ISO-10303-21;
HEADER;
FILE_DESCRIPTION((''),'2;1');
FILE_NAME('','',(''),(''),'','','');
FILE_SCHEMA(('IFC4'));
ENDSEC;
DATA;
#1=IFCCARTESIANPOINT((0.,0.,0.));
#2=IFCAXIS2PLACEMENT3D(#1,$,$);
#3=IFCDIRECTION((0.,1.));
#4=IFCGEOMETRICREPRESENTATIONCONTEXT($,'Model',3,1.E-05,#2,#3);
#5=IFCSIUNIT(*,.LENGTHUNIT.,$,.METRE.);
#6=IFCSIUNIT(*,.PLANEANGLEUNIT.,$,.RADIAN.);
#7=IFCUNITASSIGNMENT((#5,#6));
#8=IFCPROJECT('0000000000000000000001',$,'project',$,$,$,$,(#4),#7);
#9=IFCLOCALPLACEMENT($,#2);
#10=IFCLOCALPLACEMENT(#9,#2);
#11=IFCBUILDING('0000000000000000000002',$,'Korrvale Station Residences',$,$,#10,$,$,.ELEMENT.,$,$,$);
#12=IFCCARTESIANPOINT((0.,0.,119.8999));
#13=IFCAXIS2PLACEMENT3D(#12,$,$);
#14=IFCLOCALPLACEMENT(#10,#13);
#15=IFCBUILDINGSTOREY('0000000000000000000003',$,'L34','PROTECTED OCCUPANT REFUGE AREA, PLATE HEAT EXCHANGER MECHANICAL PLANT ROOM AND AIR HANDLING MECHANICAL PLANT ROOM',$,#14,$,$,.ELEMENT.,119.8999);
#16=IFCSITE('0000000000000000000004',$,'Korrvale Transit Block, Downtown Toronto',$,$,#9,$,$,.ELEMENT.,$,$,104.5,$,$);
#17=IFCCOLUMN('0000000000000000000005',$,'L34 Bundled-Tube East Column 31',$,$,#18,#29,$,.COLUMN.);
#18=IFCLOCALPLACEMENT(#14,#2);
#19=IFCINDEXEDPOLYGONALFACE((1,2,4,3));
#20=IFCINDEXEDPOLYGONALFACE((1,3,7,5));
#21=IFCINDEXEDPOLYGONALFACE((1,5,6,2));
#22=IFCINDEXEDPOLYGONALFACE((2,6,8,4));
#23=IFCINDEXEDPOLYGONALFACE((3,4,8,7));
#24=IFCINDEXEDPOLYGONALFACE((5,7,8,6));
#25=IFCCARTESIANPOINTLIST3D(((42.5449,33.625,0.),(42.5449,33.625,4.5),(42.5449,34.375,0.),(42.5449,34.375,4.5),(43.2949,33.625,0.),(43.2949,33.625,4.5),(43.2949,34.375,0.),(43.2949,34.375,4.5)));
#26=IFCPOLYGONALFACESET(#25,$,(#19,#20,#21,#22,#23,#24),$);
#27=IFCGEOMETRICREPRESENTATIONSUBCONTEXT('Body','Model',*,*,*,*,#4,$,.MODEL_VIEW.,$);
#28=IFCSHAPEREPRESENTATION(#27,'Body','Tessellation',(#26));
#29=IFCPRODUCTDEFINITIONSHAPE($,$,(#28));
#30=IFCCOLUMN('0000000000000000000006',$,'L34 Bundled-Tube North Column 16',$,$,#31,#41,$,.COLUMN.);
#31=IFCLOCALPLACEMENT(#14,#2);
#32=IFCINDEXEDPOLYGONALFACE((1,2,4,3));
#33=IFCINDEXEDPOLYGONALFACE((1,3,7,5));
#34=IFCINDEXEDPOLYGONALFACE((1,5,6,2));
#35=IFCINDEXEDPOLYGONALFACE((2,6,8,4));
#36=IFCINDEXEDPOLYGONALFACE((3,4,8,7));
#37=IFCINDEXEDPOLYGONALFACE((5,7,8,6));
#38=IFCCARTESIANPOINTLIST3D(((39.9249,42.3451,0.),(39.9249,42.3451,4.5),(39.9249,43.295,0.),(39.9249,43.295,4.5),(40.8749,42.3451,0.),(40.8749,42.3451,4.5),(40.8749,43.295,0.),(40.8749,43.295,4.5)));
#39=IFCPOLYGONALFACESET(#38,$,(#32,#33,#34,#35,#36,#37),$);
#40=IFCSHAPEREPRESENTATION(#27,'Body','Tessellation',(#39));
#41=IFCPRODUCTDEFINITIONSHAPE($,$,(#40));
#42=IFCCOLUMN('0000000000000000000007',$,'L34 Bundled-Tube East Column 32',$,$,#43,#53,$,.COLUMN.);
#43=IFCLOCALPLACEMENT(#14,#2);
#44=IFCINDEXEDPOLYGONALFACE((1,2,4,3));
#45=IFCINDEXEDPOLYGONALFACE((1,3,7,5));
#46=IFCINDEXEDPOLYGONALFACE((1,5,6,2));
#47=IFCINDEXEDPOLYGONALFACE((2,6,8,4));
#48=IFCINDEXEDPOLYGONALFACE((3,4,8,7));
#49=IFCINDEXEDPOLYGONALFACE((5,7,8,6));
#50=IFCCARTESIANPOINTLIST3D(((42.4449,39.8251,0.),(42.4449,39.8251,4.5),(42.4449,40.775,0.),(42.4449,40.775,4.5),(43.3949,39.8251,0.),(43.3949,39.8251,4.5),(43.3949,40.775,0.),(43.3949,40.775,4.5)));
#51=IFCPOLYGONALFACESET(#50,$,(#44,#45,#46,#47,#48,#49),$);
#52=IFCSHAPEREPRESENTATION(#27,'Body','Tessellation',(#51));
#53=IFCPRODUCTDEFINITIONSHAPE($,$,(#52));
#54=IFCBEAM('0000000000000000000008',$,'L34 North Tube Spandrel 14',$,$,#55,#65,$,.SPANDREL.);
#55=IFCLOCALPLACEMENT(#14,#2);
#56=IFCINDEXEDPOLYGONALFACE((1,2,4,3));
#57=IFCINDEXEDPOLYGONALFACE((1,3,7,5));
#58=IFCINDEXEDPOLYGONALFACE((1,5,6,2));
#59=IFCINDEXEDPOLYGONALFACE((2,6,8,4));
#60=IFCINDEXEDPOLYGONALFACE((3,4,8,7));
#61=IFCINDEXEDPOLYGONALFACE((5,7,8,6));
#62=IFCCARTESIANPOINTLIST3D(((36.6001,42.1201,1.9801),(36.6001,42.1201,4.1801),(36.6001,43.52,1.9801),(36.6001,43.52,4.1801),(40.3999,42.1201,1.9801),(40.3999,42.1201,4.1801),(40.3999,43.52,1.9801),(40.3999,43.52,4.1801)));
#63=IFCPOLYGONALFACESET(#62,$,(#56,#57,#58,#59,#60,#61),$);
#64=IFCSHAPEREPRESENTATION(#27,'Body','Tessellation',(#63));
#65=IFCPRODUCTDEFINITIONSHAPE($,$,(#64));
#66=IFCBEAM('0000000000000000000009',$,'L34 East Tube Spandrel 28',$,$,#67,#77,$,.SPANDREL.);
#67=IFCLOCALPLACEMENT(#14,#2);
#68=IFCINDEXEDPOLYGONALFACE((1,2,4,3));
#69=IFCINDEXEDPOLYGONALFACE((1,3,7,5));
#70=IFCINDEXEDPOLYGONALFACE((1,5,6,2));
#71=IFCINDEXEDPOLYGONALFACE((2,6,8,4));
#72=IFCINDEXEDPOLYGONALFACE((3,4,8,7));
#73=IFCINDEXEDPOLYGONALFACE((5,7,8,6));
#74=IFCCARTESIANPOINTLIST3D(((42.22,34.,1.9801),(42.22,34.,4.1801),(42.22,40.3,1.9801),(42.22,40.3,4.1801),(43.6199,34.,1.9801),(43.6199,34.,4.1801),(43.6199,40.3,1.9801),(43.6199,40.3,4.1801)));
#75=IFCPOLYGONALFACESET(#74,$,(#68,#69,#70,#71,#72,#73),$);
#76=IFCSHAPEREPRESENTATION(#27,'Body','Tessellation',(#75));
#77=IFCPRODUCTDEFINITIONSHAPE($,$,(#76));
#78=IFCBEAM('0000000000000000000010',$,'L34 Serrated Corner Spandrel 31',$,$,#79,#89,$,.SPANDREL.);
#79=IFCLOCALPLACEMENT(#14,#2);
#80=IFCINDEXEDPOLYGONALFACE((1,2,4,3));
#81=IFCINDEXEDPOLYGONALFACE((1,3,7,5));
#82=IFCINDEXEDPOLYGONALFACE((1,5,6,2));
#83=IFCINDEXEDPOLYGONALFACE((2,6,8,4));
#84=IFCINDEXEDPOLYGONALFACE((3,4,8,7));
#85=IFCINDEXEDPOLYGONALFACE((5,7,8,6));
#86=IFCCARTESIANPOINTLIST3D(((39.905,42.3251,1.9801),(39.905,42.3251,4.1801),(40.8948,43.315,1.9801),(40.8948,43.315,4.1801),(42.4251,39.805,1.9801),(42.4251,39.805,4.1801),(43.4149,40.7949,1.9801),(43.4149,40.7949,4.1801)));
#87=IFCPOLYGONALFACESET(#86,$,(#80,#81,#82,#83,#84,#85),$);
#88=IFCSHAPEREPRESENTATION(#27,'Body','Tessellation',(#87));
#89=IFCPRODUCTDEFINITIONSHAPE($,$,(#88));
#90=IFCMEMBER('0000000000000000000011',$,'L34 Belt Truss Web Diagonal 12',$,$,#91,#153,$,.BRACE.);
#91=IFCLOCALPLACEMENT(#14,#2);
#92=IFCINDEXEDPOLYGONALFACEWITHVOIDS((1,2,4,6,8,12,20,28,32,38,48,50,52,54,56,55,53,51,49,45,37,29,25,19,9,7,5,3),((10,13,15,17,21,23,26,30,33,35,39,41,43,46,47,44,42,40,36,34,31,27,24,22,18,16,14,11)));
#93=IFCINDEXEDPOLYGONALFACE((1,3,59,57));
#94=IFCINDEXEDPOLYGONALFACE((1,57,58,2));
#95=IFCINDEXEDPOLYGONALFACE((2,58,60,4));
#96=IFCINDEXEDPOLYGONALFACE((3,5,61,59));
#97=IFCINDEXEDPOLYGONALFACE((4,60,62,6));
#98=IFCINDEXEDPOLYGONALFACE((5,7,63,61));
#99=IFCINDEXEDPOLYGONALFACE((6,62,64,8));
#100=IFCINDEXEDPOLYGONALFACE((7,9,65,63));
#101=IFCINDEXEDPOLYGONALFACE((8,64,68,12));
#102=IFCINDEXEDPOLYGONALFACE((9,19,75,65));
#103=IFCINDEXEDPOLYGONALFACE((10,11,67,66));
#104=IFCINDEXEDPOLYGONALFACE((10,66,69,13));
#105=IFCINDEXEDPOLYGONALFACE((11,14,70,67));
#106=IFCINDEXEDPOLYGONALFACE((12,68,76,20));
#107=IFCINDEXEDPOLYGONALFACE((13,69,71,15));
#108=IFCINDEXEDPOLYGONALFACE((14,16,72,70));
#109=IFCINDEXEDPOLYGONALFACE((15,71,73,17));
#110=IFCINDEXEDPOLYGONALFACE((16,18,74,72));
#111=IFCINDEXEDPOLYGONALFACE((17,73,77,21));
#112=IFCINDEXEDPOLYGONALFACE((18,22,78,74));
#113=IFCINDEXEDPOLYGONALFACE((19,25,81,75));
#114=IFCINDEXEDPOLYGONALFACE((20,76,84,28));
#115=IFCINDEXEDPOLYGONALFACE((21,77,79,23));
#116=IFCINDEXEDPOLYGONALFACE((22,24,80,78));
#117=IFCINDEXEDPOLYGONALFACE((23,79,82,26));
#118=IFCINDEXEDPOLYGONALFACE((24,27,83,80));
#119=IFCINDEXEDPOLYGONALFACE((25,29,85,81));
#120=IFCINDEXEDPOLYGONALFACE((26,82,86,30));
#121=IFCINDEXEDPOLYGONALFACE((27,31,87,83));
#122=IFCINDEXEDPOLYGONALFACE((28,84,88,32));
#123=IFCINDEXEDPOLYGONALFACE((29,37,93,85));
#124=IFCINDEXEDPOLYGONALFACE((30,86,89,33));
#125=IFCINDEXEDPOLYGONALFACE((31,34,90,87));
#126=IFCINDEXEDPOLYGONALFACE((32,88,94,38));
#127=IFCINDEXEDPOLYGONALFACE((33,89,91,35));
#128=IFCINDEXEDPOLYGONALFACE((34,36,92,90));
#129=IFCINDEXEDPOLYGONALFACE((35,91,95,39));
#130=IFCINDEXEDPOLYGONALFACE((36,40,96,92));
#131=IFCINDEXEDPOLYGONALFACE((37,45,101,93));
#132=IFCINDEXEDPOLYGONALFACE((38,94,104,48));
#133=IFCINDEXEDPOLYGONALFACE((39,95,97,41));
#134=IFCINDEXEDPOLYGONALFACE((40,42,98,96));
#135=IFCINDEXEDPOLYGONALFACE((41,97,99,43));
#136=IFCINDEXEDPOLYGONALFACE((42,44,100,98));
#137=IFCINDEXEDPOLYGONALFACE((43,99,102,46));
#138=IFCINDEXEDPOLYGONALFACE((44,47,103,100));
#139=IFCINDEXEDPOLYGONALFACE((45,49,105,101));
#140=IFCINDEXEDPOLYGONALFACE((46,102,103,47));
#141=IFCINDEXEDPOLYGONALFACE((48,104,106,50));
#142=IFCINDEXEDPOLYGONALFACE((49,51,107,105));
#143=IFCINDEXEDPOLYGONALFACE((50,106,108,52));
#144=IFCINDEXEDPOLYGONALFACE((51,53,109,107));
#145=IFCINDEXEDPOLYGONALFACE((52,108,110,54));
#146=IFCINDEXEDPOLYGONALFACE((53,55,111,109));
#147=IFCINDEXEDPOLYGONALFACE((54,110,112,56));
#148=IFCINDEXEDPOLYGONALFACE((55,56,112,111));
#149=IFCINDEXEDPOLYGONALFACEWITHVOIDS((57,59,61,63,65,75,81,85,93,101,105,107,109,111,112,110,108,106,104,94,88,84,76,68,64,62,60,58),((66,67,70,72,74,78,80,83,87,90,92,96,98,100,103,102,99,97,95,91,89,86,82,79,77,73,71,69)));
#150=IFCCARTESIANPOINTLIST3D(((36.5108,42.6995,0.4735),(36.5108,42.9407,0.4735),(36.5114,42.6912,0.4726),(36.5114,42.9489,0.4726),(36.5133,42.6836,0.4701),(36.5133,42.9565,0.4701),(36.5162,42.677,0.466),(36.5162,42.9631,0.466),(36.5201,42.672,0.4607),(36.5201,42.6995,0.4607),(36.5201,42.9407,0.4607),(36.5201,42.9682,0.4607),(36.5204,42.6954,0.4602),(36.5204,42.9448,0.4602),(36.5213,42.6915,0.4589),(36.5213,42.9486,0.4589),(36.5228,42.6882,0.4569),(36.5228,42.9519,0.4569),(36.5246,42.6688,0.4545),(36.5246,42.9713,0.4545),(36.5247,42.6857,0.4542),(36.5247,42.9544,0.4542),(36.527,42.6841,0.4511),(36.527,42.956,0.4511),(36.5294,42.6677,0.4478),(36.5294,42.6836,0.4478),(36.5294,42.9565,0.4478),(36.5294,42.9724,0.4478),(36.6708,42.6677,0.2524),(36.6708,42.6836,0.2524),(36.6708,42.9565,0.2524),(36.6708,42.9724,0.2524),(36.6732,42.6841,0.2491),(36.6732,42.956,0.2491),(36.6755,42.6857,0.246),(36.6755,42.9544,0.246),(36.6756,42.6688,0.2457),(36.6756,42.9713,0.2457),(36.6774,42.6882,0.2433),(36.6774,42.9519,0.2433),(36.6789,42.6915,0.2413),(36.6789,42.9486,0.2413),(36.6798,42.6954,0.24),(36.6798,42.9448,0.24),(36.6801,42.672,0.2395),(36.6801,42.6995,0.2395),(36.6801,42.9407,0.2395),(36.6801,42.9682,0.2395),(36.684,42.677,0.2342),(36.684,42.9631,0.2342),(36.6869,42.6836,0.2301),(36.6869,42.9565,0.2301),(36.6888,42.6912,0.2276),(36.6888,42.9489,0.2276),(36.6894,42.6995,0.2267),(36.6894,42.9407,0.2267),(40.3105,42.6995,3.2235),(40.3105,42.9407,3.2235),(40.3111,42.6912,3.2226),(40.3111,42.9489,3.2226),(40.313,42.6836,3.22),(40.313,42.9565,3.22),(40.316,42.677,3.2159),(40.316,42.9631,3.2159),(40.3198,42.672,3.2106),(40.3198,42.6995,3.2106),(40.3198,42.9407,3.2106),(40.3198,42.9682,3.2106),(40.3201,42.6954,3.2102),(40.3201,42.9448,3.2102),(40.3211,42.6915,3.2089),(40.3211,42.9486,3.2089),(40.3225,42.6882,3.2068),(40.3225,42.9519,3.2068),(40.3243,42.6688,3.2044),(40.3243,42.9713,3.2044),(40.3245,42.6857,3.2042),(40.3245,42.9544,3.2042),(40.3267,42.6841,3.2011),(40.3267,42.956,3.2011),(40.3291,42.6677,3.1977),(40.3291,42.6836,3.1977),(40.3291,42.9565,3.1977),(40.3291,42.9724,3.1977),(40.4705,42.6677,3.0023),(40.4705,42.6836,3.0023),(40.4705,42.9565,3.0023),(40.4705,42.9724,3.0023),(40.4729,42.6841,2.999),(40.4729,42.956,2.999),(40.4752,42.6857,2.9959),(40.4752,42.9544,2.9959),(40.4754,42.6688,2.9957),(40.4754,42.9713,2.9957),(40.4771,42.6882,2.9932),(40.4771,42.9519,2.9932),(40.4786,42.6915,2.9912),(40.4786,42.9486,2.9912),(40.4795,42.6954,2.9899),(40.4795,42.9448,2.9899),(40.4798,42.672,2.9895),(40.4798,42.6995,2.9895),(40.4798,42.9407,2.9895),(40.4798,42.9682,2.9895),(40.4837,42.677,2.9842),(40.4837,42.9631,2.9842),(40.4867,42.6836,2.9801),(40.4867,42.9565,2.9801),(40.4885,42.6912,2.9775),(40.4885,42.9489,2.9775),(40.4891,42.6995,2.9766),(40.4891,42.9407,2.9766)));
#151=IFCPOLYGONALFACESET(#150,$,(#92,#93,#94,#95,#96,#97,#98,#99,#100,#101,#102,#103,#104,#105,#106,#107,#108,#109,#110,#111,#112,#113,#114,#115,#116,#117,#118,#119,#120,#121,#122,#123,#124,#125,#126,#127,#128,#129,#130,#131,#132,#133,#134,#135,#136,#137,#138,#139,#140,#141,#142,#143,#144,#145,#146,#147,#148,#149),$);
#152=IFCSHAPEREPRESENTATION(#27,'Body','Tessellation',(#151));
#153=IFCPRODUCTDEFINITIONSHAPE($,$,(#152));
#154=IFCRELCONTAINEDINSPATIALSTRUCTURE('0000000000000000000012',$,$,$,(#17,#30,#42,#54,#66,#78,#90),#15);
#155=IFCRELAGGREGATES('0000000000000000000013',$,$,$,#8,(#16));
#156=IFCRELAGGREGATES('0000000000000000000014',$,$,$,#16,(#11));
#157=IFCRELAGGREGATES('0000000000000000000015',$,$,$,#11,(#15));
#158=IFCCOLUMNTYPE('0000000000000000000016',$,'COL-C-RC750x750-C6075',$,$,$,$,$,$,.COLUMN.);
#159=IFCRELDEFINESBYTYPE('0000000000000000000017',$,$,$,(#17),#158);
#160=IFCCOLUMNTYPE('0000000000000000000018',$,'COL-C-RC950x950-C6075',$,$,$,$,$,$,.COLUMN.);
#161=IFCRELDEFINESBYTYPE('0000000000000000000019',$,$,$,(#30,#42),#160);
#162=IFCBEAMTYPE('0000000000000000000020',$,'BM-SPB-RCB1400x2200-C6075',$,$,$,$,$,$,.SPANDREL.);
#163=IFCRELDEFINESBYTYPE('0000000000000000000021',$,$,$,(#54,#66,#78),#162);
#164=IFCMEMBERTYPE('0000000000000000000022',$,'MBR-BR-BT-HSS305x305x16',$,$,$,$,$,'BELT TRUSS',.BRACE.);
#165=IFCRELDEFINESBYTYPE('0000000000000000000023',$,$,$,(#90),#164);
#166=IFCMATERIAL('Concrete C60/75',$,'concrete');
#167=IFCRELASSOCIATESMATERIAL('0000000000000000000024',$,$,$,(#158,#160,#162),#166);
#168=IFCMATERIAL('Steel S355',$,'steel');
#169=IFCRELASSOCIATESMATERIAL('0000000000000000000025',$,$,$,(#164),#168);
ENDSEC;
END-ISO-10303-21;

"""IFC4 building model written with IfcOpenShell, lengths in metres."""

from ifc_helpers import new_model, si_unit, direction, frame, origin, origin_2d, place, context, subcontext, project, spatial, rectangle, hollow_rectangle, extrude, material, material_profile, profile_set, type_object, element, save


model = new_model("IFC4")

# Units and contexts
model_context = context("Model", 3, precision=1e-05, world=origin(), true_north=direction((0.0, 1.0)))
body_context = subcontext(model_context, "Body", "Model", "MODEL_VIEW")
ifc_project = project(units=[si_unit("LENGTHUNIT", "METRE"), si_unit("PLANEANGLEUNIT", "RADIAN")], contexts=[model_context])

# Site, building, storey
site_placement = place(None, origin())
site = spatial("IfcSite", under=ifc_project, at=site_placement, Name="Korrvale Transit Block, Downtown Toronto", CompositionType="ELEMENT", RefElevation=104.5)
building_placement = place(site_placement, origin())
building = spatial("IfcBuilding", under=site, at=building_placement, Name="Korrvale Station Residences", CompositionType="ELEMENT")
storey_placement = place(building_placement, frame((0.0, 0.0, 119.8999)))
storey = spatial("IfcBuildingStorey", under=building, at=storey_placement, Name="L34", Description="PROTECTED OCCUPANT REFUGE AREA, PLATE HEAT EXCHANGER MECHANICAL PLANT ROOM AND AIR HANDLING MECHANICAL PLANT ROOM", CompositionType="ELEMENT", Elevation=119.8999)

# Columns
ifc_material_1 = material(Name="Concrete C60/75", Category="concrete")
ifc_material_profile_1 = material_profile(ifc_material_1, rectangle(XDim=0.75, YDim=0.75, at=origin_2d()), Name="RC750x750")
ifc_profile_set_1 = profile_set([ifc_material_profile_1], Name="Concrete C60/75")
column_type_1 = type_object("IfcColumnType", Name="COL-C-RC750x750-C6075", PredefinedType="COLUMN", material=ifc_profile_set_1)
column_placement = place(storey_placement, frame((42.9199, 34.0, 0.0), z_axis=(0.0, 0.0, 1.0), x_axis=(1.0, 0.0, 0.0)))
element("IfcColumn", 1, at=column_placement, inside=storey, type_object=column_type_1, Name="L34 Bundled-Tube East Column 31", PredefinedType="COLUMN", context=body_context, shape_type="SweptSolid", body=[
    extrude(rectangle(XDim=0.75, YDim=0.75, at=origin_2d()), origin(), (0.0, 0.0, 1.0), 4.5),
])
ifc_material_profile_2 = material_profile(ifc_material_1, rectangle(XDim=0.95, YDim=0.95, at=origin_2d()), Name="RC950x950")
ifc_profile_set_2 = profile_set([ifc_material_profile_2], Name="Concrete C60/75")
column_type_2 = type_object("IfcColumnType", Name="COL-C-RC950x950-C6075", PredefinedType="COLUMN", material=ifc_profile_set_2)
for number, where, z_axis, x_axis, name in (
    (2, (40.3999, 42.8201, 0.0), (0.0, 0.0, 1.0), (1.0, 0.0, 0.0), "L34 Bundled-Tube North Column 16"),
    (3, (42.9199, 40.3, 0.0), (0.0, 0.0, 1.0), (1.0, 0.0, 0.0), "L34 Bundled-Tube East Column 32"),
):
    element("IfcColumn", number, at=place(storey_placement, frame(where, z_axis=z_axis, x_axis=x_axis)), inside=storey, type_object=column_type_2, Name=name, PredefinedType="COLUMN", context=body_context, shape_type="SweptSolid", body=[
        extrude(rectangle(XDim=0.95, YDim=0.95, at=origin_2d()), origin(), (0.0, 0.0, 1.0), 4.5),
    ])

# Beams
ifc_material_profile_3 = material_profile(ifc_material_1, rectangle(XDim=1.3999, YDim=2.2, at=origin_2d()), Name="RCB1400x2200")
ifc_profile_set_3 = profile_set([ifc_material_profile_3], Name="Concrete C60/75")
beam_type = type_object("IfcBeamType", Name="BM-SPB-RCB1400x2200-C6075", PredefinedType="SPANDREL", material=ifc_profile_set_3)
beam_1_placement = place(storey_placement, frame((36.6001, 42.8201, 3.0801), z_axis=(1.0, 0.0, 0.0), x_axis=(0.0, 1.0, 0.0)))
element("IfcBeam", 4, at=beam_1_placement, inside=storey, type_object=beam_type, Name="L34 North Tube Spandrel 14", PredefinedType="SPANDREL", context=body_context, shape_type="SweptSolid", body=[
    extrude(rectangle(XDim=1.3999, YDim=2.2, at=origin_2d()), origin(), (0.0, 0.0, 1.0), 3.7998),
])
beam_2_placement = place(storey_placement, frame((42.9199, 34.0, 3.0801), z_axis=(0.0, 1.0, 0.0), x_axis=(-1.0, 0.0, 0.0)))
element("IfcBeam", 5, at=beam_2_placement, inside=storey, type_object=beam_type, Name="L34 East Tube Spandrel 28", PredefinedType="SPANDREL", context=body_context, shape_type="SweptSolid", body=[
    extrude(rectangle(XDim=1.3999, YDim=2.2, at=origin_2d()), origin(), (0.0, 0.0, 1.0), 6.3),
])
beam_3_placement = place(storey_placement, frame((40.3999, 42.8201, 3.0801), z_axis=(0.707107, -0.707107, 0.0), x_axis=(0.707107, 0.707107, 0.0)))
element("IfcBeam", 6, at=beam_3_placement, inside=storey, type_object=beam_type, Name="L34 Serrated Corner Spandrel 31", PredefinedType="SPANDREL", context=body_context, shape_type="SweptSolid", body=[
    extrude(rectangle(XDim=1.3999, YDim=2.2, at=origin_2d()), origin(), (0.0, 0.0, 1.0), 3.564),
])

# Member
ifc_material_2 = material(Name="Steel S355", Category="steel")
ifc_material_profile_4 = material_profile(ifc_material_2, hollow_rectangle(XDim=0.3047, YDim=0.3047, WallThickness=0.0159, InnerFilletRadius=0.0159, OuterFilletRadius=0.0317, at=origin_2d()), Name="HSS305x305x16")
ifc_profile_set_4 = profile_set([ifc_material_profile_4], Name="Steel S355")
member_type_1 = type_object("IfcMemberType", Name="MBR-BR-BT-HSS305x305x16", ElementType="BELT TRUSS", PredefinedType="BRACE", material=ifc_profile_set_4)
member_1_placement = place(storey_placement, frame((36.6001, 42.8201, 0.3501), z_axis=(0.810102, 0.0, 0.586288), x_axis=(0.0, 1.0, 0.0)))
element("IfcMember", 7, at=member_1_placement, inside=storey, type_object=member_type_1, Name="L34 Belt Truss Web Diagonal 12", PredefinedType="BRACE", context=body_context, shape_type="SweptSolid", body=[
    extrude(hollow_rectangle(XDim=0.3047, YDim=0.3047, WallThickness=0.0159, InnerFilletRadius=0.0159, OuterFilletRadius=0.0317, at=origin_2d()), origin(), (0.0, 0.0, 1.0), 4.6904),
])

save(model, "model.ifc")
